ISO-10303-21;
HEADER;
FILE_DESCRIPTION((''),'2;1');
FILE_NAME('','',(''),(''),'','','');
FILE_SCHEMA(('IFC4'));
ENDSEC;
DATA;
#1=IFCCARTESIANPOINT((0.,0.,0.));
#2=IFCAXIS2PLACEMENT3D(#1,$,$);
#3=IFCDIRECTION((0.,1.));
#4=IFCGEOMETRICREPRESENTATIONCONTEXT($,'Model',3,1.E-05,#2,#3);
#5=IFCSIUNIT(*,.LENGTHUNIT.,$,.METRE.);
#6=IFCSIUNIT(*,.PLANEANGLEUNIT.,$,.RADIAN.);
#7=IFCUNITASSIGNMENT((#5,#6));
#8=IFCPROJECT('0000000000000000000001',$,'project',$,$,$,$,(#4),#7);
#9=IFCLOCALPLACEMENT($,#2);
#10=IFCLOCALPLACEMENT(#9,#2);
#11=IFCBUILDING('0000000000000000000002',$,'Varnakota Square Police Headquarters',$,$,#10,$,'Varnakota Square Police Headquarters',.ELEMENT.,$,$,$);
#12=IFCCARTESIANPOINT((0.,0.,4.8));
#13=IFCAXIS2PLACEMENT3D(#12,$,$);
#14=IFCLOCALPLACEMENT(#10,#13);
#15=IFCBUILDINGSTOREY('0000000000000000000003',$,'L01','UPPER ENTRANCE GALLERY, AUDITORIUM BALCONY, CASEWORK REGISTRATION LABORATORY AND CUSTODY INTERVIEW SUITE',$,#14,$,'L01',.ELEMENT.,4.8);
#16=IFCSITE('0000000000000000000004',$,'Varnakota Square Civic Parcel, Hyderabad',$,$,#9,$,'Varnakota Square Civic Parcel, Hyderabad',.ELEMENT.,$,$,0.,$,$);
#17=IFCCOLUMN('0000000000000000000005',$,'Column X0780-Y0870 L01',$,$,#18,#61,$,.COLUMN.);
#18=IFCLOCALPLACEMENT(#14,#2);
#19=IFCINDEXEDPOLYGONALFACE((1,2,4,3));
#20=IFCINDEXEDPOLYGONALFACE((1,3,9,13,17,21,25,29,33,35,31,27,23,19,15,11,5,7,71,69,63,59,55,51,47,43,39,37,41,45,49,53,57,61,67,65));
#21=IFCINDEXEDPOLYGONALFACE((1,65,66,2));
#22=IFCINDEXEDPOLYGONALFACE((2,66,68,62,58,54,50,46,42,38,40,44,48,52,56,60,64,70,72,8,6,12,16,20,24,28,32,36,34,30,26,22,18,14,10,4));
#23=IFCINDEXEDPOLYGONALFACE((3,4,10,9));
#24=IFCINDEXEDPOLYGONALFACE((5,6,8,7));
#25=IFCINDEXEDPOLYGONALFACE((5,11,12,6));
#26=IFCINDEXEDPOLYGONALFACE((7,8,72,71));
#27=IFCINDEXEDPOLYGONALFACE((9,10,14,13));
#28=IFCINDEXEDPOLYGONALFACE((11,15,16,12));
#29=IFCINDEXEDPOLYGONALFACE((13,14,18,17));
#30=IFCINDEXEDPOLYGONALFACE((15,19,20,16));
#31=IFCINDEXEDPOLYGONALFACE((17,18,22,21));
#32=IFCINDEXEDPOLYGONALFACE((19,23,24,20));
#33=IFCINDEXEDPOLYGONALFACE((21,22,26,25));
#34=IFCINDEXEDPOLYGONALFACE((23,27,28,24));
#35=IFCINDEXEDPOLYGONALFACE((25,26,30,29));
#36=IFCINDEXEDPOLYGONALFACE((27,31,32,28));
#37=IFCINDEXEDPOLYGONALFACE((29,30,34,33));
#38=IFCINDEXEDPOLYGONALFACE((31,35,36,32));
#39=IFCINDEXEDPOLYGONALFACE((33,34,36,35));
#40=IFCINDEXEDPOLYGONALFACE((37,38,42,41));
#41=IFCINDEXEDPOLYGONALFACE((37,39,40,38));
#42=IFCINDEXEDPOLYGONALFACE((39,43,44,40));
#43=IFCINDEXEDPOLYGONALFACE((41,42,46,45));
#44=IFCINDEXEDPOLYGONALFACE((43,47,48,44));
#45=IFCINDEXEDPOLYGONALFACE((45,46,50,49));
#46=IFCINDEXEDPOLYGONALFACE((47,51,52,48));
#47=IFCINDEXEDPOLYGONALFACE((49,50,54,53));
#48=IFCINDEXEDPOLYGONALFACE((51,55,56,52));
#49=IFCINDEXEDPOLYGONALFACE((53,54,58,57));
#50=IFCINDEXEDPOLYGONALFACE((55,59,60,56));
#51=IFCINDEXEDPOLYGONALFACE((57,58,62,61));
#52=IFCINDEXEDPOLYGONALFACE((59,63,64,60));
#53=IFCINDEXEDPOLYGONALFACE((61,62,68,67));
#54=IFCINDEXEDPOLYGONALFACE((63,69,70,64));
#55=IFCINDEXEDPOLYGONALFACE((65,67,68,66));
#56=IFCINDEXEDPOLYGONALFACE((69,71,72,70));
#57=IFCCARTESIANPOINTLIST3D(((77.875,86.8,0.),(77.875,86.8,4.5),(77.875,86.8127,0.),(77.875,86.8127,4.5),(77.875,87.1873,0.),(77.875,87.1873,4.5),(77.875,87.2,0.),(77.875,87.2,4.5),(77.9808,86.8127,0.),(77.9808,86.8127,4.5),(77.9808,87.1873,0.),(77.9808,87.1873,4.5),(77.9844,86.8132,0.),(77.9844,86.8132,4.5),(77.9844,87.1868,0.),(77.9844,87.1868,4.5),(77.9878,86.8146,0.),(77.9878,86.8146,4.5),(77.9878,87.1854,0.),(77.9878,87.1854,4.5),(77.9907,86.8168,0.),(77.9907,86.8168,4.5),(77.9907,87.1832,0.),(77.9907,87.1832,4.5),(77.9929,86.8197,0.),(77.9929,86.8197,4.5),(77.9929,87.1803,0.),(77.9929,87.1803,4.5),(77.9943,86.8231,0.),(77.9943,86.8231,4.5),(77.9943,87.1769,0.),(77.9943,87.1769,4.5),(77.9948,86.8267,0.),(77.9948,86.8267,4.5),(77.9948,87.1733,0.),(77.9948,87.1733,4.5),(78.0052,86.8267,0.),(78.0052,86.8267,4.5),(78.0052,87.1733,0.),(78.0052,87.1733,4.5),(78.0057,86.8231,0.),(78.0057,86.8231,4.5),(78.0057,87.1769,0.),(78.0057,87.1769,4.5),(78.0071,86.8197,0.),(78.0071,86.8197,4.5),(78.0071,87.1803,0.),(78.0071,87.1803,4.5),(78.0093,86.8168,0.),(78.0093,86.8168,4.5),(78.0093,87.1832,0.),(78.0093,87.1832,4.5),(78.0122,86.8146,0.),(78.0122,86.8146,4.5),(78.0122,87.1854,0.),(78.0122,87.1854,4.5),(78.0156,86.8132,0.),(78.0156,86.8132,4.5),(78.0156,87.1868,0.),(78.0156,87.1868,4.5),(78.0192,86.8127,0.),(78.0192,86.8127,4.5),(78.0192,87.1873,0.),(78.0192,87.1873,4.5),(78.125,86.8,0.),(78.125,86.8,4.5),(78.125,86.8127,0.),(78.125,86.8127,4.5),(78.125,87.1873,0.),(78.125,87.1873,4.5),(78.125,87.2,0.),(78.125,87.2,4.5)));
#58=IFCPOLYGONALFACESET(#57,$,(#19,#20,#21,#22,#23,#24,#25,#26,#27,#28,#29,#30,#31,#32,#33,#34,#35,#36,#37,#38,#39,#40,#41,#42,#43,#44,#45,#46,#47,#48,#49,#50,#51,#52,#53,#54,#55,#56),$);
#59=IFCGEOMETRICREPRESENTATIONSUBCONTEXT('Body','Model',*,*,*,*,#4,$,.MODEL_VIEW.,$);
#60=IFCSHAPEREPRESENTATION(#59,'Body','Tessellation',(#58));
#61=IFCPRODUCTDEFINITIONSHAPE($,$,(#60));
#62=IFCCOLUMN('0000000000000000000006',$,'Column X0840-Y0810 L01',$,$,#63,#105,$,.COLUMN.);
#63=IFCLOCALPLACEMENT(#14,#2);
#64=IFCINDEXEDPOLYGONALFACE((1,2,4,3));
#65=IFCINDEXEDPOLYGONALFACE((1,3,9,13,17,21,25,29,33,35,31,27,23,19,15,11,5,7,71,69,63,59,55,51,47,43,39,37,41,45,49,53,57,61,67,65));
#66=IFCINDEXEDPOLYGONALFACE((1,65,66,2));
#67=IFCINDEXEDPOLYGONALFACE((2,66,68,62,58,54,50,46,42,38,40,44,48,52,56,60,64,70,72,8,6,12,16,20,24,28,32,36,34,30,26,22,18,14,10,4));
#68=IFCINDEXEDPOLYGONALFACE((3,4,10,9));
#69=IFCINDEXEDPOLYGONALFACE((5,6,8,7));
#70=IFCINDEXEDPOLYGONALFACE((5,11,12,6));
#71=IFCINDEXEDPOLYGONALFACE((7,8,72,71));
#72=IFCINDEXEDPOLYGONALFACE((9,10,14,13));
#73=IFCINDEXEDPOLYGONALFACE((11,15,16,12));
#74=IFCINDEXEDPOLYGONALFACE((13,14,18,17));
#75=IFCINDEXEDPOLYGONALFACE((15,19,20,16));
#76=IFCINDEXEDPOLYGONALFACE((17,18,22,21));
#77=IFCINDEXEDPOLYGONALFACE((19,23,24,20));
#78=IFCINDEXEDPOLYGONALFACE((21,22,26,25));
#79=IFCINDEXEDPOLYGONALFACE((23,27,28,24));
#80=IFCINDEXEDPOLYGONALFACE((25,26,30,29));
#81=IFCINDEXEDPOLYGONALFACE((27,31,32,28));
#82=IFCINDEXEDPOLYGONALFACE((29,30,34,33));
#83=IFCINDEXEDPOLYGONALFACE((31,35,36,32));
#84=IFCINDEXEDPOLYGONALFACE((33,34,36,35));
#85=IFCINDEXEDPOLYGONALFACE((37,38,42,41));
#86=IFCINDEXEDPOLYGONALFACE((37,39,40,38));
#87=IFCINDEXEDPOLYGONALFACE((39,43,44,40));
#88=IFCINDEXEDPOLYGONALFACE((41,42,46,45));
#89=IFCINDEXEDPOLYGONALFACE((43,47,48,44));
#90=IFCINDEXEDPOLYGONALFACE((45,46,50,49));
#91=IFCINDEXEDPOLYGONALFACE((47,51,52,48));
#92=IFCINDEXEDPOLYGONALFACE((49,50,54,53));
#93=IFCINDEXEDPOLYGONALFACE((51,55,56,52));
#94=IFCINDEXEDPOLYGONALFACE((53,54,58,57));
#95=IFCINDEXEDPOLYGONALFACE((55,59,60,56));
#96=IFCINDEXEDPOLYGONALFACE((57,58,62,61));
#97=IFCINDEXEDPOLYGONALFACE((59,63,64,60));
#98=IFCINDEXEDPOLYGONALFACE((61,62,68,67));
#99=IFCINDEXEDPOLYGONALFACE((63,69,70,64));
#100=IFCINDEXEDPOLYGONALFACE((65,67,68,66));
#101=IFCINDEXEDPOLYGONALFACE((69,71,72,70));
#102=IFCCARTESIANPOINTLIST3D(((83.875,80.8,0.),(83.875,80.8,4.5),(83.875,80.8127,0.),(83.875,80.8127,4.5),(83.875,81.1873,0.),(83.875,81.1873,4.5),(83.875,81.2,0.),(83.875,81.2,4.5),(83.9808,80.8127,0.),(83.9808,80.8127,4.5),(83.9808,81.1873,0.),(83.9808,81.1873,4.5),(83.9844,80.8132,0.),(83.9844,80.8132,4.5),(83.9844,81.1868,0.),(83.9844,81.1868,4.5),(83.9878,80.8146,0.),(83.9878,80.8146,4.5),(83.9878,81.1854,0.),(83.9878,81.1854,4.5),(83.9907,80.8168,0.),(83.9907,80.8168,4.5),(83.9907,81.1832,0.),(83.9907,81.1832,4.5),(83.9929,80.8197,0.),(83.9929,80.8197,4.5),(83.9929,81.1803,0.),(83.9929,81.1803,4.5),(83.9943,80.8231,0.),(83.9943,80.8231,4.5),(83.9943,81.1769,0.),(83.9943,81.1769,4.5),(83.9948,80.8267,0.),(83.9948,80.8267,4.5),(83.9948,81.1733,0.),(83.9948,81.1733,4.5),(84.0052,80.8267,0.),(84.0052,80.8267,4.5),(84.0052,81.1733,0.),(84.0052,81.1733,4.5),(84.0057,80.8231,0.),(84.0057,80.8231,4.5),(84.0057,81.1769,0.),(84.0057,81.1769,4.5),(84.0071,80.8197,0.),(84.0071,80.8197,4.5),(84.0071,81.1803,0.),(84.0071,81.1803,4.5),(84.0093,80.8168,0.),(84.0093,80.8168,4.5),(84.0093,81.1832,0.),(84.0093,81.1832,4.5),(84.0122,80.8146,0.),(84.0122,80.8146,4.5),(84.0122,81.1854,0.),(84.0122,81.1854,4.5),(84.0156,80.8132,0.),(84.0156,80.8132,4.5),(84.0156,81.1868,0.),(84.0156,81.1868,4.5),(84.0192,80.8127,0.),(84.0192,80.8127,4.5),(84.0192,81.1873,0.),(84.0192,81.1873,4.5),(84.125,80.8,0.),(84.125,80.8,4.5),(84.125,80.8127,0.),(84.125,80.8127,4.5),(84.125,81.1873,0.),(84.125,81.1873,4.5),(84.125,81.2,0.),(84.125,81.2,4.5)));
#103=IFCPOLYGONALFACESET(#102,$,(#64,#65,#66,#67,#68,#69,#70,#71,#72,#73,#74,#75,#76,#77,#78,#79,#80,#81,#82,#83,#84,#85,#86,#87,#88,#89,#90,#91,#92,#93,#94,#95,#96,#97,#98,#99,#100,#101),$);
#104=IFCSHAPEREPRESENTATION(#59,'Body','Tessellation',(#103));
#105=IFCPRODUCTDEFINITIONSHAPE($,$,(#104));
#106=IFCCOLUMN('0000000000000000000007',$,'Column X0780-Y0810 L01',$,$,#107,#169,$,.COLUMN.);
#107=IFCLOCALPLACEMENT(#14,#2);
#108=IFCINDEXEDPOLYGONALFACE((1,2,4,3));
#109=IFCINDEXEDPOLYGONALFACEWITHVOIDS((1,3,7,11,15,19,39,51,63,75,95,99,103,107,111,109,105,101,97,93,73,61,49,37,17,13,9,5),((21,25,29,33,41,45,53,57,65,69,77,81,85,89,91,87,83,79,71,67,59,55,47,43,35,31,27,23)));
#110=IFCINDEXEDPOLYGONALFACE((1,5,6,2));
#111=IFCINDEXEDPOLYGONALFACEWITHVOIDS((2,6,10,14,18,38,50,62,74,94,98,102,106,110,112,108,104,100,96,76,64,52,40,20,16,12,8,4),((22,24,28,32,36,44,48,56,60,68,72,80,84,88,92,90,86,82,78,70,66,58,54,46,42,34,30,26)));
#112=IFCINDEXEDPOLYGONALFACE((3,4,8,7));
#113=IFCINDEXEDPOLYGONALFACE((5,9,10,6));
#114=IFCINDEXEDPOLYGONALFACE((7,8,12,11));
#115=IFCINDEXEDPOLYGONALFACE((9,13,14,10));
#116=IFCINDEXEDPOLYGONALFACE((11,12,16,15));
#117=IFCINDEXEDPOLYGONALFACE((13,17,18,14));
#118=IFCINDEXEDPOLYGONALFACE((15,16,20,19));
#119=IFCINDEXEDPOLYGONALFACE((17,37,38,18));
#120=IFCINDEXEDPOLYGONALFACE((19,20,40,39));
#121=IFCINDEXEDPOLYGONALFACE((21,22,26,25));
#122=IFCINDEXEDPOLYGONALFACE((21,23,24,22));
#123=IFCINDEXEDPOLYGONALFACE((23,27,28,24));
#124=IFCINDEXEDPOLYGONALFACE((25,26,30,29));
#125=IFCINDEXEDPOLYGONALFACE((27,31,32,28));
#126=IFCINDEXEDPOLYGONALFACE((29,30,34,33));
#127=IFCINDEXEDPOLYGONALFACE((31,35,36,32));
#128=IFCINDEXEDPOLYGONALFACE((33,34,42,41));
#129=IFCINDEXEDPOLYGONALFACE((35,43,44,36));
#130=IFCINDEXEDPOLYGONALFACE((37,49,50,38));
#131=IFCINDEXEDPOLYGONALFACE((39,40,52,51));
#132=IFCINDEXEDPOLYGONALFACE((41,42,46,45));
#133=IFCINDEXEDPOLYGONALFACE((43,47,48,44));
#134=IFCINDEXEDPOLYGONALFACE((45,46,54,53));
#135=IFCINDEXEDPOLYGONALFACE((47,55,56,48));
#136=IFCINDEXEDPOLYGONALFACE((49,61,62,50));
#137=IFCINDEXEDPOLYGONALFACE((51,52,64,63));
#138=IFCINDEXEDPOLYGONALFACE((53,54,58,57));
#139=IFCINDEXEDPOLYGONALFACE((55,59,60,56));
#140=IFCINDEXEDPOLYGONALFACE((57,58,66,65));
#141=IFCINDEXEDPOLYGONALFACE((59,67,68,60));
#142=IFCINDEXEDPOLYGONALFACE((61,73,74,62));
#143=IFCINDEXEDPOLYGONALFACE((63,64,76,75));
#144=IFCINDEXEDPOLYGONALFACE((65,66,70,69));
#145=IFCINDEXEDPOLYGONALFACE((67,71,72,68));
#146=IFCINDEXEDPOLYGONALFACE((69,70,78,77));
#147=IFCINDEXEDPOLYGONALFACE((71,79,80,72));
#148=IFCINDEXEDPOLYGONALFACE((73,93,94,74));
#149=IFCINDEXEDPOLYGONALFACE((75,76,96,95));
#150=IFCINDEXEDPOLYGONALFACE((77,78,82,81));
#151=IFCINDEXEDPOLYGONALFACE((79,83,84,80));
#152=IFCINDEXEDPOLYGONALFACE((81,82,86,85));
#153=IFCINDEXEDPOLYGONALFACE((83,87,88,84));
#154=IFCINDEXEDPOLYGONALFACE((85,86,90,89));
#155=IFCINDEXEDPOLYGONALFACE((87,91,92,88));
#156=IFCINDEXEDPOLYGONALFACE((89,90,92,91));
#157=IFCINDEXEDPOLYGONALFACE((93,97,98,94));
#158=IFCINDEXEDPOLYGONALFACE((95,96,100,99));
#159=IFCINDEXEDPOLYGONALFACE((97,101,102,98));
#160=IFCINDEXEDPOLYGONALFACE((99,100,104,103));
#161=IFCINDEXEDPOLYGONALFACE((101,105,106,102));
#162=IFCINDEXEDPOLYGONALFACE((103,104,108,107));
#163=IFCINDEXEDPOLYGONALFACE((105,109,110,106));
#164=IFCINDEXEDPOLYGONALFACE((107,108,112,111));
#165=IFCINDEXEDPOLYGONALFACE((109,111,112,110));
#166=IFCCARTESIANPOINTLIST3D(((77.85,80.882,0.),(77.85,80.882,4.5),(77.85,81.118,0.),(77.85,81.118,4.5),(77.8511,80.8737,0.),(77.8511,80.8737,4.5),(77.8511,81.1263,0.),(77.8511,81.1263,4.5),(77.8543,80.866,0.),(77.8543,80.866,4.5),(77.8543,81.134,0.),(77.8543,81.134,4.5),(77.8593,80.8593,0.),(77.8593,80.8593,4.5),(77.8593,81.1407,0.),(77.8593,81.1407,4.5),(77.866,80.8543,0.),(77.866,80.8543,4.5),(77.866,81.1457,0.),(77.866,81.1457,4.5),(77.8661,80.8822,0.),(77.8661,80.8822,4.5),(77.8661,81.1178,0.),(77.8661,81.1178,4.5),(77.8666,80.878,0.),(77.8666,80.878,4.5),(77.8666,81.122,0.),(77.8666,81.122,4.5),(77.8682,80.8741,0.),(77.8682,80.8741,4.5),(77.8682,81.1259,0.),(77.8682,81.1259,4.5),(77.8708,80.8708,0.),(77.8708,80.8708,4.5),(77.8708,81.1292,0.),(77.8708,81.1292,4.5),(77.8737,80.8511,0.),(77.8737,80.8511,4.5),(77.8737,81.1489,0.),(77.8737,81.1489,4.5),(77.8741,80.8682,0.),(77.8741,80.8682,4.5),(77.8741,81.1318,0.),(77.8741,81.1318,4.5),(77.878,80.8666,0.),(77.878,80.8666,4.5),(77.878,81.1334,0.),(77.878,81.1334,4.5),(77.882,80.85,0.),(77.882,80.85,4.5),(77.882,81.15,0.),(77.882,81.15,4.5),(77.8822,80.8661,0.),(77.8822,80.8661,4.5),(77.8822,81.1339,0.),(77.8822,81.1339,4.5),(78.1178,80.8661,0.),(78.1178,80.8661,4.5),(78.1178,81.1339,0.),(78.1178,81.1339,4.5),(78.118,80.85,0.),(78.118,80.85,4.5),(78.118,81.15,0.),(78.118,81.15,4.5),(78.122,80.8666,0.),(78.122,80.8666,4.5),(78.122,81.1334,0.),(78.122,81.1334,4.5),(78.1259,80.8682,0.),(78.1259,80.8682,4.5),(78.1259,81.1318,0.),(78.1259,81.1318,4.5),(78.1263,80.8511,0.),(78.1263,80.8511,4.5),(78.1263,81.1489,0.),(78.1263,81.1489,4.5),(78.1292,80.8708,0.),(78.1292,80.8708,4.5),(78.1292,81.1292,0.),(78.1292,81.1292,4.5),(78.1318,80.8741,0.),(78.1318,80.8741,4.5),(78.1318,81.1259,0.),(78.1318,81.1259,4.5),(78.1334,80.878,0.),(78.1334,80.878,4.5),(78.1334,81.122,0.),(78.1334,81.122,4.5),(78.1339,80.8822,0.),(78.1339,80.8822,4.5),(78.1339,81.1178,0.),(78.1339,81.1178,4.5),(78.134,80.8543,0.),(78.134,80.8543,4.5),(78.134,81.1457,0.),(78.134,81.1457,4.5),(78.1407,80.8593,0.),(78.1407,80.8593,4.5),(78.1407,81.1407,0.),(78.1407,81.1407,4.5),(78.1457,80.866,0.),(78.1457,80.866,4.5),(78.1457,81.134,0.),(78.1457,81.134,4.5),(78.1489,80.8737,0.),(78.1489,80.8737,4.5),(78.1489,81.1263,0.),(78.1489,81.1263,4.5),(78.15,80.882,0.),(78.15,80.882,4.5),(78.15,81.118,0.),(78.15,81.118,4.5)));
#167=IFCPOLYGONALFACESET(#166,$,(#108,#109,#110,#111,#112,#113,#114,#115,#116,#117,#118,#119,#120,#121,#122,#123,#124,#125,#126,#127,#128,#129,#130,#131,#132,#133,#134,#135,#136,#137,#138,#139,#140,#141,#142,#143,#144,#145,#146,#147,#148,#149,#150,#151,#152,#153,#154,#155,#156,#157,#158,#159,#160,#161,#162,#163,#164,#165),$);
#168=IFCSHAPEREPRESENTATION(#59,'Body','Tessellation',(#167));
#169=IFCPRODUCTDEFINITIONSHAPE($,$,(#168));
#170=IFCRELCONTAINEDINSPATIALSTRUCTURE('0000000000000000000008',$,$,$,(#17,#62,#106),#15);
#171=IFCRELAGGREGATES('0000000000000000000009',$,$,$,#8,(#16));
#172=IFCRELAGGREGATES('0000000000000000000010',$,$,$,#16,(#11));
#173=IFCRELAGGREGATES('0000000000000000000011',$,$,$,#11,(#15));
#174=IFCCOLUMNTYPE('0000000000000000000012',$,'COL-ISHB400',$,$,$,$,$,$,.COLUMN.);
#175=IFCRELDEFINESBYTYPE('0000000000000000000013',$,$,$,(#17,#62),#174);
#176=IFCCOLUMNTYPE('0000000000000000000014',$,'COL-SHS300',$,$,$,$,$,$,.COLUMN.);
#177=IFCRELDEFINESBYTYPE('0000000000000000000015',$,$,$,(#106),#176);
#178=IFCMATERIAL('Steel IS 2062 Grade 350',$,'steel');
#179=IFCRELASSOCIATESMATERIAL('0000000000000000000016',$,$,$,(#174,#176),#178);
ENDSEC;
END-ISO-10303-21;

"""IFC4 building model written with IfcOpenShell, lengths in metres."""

from ifc_helpers import new_model, si_unit, direction, frame, origin, origin_2d, place, context, subcontext, project, spatial, hollow_rectangle, i_section, extrude, material, material_profile, profile_set, type_object, element, save


model = new_model("IFC4")

# Units and contexts
model_context = context("Model", 3, precision=1e-05, world=origin(), true_north=direction((0.0, 1.0)))
body_context = subcontext(model_context, "Body", "Model", "MODEL_VIEW")
ifc_project = project(units=[si_unit("LENGTHUNIT", "METRE"), si_unit("PLANEANGLEUNIT", "RADIAN")], contexts=[model_context])

# Site, building, storey
site_placement = place(None, origin())
site = spatial("IfcSite", under=ifc_project, at=site_placement, Name="Varnakota Square Civic Parcel, Hyderabad", LongName="Varnakota Square Civic Parcel, Hyderabad", CompositionType="ELEMENT", RefElevation=0.0)
building_placement = place(site_placement, origin())
building = spatial("IfcBuilding", under=site, at=building_placement, Name="Varnakota Square Police Headquarters", LongName="Varnakota Square Police Headquarters", CompositionType="ELEMENT")
storey_placement = place(building_placement, frame((0.0, 0.0, 4.8)))
storey = spatial("IfcBuildingStorey", under=building, at=storey_placement, Name="L01", Description="UPPER ENTRANCE GALLERY, AUDITORIUM BALCONY, CASEWORK REGISTRATION LABORATORY AND CUSTODY INTERVIEW SUITE", LongName="L01", CompositionType="ELEMENT", Elevation=4.8)

# Columns
ifc_material_1 = material(Name="Steel IS 2062 Grade 350", Category="steel")
ifc_material_profile_1 = material_profile(ifc_material_1, i_section(OverallWidth=0.25, OverallDepth=0.3999, WebThickness=0.0105, FlangeThickness=0.0127, FilletRadius=0.0139, at=origin_2d()), Name="ISHB 400")
ifc_profile_set_1 = profile_set([ifc_material_profile_1], Name="Steel IS 2062 Grade 350")
column_type_1 = type_object("IfcColumnType", Name="COL-ISHB400", PredefinedType="COLUMN", material=ifc_profile_set_1)
for number, where, z_axis, x_axis, name in (
    (1, (78.0, 87.0, 0.0), (0.0, 0.0, 1.0), (1.0, 0.0, 0.0), "Column X0780-Y0870 L01"),
    (2, (84.0, 81.0, 0.0), (0.0, 0.0, 1.0), (1.0, 0.0, 0.0), "Column X0840-Y0810 L01"),
):
    element("IfcColumn", number, at=place(storey_placement, frame(where, z_axis=z_axis, x_axis=x_axis)), inside=storey, type_object=column_type_1, Name=name, PredefinedType="COLUMN", context=body_context, shape_type="SweptSolid", body=[
        extrude(i_section(OverallWidth=0.25, OverallDepth=0.3999, WebThickness=0.0105, FlangeThickness=0.0127, FilletRadius=0.0139, at=origin_2d()), origin(), (0.0, 0.0, 1.0), 4.5),
    ])
ifc_material_profile_2 = material_profile(ifc_material_1, hollow_rectangle(XDim=0.3, YDim=0.3, WallThickness=0.0161, InnerFilletRadius=0.0161, OuterFilletRadius=0.032, at=origin_2d()), Name="SHS 300x300x16")
ifc_profile_set_2 = profile_set([ifc_material_profile_2], Name="Steel IS 2062 Grade 350")
column_type_2 = type_object("IfcColumnType", Name="COL-SHS300", PredefinedType="COLUMN", material=ifc_profile_set_2)
for number, where, z_axis, x_axis, name in (
    (3, (78.0, 81.0, 0.0), (0.0, 0.0, 1.0), (1.0, 0.0, 0.0), "Column X0780-Y0810 L01"),
):
    element("IfcColumn", number, at=place(storey_placement, frame(where, z_axis=z_axis, x_axis=x_axis)), inside=storey, type_object=column_type_2, Name=name, PredefinedType="COLUMN", context=body_context, shape_type="SweptSolid", body=[
        extrude(hollow_rectangle(XDim=0.3, YDim=0.3, WallThickness=0.0161, InnerFilletRadius=0.0161, OuterFilletRadius=0.032, at=origin_2d()), origin(), (0.0, 0.0, 1.0), 4.5),
    ])

save(model, "model.ifc")
